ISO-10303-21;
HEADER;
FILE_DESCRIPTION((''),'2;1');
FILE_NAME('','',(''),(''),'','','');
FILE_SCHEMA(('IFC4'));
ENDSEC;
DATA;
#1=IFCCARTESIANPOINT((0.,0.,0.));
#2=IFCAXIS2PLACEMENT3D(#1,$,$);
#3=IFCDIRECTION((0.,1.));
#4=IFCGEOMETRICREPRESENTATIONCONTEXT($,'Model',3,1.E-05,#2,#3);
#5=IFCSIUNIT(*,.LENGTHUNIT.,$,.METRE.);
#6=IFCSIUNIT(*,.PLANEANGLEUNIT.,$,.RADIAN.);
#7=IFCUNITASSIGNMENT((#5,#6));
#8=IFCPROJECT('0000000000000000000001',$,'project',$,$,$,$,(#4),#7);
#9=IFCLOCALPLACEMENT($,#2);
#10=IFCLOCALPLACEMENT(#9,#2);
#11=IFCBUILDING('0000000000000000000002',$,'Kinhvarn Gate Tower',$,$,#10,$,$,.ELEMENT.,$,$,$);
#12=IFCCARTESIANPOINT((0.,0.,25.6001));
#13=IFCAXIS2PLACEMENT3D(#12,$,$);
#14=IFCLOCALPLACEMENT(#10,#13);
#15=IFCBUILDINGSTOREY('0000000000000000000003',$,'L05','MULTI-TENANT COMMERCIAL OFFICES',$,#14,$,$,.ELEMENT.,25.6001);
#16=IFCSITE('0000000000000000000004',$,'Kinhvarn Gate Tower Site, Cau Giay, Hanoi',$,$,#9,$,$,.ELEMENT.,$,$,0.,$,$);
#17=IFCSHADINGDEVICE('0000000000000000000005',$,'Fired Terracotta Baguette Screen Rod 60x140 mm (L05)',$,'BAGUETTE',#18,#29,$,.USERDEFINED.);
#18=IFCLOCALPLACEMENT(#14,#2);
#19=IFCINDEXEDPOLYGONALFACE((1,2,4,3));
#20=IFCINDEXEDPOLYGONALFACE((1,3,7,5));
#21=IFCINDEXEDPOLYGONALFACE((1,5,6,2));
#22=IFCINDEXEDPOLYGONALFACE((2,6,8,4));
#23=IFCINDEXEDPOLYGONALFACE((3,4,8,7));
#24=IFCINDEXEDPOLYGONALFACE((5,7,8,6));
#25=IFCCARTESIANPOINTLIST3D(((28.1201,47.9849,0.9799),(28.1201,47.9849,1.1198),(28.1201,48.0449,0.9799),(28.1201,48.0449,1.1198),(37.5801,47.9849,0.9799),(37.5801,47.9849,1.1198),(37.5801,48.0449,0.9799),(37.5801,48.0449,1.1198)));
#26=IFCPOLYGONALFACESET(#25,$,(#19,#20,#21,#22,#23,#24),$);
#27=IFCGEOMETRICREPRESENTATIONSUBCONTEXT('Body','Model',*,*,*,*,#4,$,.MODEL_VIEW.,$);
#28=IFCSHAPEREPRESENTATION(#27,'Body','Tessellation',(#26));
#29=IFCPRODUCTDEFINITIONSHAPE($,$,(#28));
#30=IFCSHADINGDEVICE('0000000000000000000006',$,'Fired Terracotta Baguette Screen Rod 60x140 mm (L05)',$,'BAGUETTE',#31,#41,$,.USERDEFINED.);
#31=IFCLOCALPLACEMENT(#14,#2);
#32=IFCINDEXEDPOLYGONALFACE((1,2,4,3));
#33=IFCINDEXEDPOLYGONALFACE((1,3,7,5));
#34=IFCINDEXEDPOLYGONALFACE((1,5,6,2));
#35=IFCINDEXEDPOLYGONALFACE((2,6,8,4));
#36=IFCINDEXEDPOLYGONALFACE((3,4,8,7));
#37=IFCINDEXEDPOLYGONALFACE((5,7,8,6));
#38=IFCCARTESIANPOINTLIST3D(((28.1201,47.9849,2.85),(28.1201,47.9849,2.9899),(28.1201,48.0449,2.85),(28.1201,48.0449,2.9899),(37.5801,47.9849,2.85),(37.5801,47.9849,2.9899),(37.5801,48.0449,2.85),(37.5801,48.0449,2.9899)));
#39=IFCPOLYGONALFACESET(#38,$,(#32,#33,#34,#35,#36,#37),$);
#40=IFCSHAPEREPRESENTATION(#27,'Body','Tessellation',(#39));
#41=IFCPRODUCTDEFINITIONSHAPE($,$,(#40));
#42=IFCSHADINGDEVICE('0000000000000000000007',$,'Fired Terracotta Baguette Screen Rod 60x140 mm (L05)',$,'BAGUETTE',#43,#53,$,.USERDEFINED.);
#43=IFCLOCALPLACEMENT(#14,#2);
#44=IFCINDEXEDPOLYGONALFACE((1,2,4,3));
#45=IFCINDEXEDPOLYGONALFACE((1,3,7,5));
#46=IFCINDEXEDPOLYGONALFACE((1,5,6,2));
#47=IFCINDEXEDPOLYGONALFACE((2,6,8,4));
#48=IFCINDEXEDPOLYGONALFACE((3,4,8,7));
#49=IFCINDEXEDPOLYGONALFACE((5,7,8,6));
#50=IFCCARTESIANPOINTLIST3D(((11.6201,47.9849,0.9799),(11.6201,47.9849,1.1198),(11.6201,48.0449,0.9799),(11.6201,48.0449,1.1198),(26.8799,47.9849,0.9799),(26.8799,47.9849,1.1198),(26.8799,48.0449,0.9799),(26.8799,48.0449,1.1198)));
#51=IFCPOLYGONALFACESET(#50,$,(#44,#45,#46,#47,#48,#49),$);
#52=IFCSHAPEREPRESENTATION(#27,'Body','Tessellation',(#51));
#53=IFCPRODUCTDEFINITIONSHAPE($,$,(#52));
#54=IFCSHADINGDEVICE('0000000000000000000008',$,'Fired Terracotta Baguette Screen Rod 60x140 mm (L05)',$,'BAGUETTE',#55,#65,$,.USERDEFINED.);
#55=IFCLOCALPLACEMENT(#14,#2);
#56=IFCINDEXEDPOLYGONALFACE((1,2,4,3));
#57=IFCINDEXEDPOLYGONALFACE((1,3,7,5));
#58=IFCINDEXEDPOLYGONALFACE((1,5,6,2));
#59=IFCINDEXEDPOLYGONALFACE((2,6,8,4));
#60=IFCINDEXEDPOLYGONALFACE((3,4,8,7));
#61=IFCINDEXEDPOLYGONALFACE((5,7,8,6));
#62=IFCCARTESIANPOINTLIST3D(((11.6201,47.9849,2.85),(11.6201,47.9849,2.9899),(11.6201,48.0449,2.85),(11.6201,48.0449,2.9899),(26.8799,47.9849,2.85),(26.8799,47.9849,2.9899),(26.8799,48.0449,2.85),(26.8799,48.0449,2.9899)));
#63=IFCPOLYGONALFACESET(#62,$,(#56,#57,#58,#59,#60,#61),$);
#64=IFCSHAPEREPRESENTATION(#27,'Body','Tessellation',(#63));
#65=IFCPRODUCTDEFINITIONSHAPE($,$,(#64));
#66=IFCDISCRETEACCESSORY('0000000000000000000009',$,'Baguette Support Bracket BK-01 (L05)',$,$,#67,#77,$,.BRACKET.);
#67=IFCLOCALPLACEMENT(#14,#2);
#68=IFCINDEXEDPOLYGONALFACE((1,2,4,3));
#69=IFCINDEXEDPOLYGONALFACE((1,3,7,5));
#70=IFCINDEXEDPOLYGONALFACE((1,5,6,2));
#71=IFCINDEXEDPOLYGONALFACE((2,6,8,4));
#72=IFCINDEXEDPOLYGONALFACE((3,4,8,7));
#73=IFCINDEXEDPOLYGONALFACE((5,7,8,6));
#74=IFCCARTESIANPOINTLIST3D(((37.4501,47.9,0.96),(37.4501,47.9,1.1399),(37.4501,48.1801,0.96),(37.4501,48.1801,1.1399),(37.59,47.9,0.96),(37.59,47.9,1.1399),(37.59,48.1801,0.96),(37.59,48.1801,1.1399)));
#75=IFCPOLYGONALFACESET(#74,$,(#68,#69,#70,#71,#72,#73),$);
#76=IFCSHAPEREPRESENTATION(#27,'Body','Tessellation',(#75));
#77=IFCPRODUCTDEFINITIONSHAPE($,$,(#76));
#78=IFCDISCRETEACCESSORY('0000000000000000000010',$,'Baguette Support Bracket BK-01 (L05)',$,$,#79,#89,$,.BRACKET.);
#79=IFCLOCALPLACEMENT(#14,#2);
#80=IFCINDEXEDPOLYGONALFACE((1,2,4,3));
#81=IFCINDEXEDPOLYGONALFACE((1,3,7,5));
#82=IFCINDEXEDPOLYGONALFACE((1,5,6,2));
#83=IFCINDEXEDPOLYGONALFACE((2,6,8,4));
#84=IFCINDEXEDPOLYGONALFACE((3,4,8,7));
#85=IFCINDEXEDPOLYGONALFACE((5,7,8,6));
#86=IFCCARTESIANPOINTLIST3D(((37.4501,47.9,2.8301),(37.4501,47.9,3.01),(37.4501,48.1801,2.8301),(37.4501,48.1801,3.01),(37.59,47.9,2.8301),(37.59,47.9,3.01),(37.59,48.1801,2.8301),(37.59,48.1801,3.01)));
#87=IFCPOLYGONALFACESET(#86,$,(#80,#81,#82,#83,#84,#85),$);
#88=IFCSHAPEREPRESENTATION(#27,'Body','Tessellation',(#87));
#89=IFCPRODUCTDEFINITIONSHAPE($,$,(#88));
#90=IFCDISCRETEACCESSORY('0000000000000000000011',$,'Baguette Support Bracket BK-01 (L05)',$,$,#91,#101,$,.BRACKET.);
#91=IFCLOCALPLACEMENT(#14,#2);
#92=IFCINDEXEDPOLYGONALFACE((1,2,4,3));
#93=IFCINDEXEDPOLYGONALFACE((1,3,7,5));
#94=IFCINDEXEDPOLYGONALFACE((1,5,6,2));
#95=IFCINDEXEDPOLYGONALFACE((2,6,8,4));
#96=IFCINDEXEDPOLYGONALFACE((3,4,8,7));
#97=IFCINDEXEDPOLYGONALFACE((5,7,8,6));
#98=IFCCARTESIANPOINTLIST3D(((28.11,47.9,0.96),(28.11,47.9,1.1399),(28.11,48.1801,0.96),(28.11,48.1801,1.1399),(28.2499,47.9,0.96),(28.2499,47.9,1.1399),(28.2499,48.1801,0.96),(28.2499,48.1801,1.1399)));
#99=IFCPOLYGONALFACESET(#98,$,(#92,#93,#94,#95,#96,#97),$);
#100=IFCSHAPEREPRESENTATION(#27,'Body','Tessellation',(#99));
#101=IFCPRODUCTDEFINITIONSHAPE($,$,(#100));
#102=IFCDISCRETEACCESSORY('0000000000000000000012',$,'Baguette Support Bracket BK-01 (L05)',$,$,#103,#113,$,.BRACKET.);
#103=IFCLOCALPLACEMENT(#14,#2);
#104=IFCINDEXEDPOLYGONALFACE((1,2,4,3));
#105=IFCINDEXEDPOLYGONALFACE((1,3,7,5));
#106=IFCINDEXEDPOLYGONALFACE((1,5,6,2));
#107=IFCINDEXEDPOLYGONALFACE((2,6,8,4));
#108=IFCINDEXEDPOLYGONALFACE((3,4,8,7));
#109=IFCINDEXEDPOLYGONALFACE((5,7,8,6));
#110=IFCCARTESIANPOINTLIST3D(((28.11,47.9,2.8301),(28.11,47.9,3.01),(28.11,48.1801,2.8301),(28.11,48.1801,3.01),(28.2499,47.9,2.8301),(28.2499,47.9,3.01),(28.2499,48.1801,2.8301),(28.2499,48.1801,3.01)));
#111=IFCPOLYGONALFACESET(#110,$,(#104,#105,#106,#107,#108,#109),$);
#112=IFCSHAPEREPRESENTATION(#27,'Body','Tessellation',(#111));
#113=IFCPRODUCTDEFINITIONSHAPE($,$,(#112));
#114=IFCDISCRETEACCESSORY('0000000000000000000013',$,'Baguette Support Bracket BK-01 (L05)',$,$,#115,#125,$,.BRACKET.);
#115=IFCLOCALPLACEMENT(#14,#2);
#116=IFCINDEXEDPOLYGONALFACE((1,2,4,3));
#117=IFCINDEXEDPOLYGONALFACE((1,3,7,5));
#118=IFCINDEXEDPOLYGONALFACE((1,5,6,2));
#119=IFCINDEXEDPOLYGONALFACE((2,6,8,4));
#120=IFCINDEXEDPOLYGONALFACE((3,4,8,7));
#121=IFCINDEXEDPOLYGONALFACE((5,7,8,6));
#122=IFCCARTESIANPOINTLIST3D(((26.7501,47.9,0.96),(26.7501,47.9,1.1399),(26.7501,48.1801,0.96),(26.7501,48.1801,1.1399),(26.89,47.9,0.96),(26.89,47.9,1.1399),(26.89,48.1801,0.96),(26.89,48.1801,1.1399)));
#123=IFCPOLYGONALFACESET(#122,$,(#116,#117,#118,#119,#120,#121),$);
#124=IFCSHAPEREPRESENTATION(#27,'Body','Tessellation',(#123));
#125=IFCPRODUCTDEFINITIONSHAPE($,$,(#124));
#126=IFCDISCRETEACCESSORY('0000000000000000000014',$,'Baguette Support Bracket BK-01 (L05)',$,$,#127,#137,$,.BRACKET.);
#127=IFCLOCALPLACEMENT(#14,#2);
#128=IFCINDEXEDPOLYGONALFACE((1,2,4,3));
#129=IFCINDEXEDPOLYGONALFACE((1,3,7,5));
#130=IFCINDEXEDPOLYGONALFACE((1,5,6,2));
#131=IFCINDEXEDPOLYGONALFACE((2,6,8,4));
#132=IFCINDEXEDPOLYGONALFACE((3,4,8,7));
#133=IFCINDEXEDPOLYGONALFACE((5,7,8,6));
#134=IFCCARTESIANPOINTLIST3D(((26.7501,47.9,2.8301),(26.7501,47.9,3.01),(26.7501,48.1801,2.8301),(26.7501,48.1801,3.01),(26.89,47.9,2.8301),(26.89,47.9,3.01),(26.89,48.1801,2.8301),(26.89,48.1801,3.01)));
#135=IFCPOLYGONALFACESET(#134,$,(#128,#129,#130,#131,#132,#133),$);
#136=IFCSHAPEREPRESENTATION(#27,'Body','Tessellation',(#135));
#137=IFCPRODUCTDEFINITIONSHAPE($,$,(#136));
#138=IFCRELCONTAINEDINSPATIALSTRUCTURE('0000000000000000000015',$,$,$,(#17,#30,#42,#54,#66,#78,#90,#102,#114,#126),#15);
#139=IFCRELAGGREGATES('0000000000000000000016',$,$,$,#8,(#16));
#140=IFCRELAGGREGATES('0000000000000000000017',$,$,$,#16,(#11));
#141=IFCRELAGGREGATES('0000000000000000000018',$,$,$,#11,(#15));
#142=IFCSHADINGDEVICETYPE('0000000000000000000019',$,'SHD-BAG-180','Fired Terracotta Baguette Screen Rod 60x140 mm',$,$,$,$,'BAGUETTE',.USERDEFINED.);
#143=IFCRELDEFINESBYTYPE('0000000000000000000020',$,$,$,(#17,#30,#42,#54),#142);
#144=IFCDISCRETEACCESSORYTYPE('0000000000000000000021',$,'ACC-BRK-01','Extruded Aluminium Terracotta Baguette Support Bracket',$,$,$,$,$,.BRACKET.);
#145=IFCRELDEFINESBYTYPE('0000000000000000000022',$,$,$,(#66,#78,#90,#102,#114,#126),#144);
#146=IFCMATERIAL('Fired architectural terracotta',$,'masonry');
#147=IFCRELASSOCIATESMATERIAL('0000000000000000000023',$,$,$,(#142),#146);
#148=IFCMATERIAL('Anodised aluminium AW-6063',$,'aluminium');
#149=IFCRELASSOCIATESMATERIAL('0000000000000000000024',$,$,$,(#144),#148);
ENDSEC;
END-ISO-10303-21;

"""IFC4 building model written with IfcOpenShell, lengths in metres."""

from ifc_helpers import new_model, si_unit, direction, frame, origin, origin_2d, place, context, subcontext, project, spatial, rectangle, extrude, material, material_profile, profile_set, type_object, element, save


model = new_model("IFC4")

# Units and contexts
model_context = context("Model", 3, precision=1e-05, world=origin(), true_north=direction((0.0, 1.0)))
body_context = subcontext(model_context, "Body", "Model", "MODEL_VIEW")
ifc_project = project(units=[si_unit("LENGTHUNIT", "METRE"), si_unit("PLANEANGLEUNIT", "RADIAN")], contexts=[model_context])

# Site, building, storey
site_placement = place(None, origin())
site = spatial("IfcSite", under=ifc_project, at=site_placement, Name="Kinhvarn Gate Tower Site, Cau Giay, Hanoi", CompositionType="ELEMENT", RefElevation=0.0)
building_placement = place(site_placement, origin())
building = spatial("IfcBuilding", under=site, at=building_placement, Name="Kinhvarn Gate Tower", CompositionType="ELEMENT")
storey_placement = place(building_placement, frame((0.0, 0.0, 25.6001)))
storey = spatial("IfcBuildingStorey", under=building, at=storey_placement, Name="L05", Description="MULTI-TENANT COMMERCIAL OFFICES", CompositionType="ELEMENT", Elevation=25.6001)

# Shared definitions
ifc_material_1 = material(Name="Anodised aluminium AW-6063", Category="aluminium")

# Shading devices
ifc_material_2 = material(Name="Fired architectural terracotta", Category="masonry")
ifc_material_profile_1 = material_profile(ifc_material_2, rectangle(XDim=0.0601, YDim=0.1399, at=origin_2d()), Name="TC 60x140")
ifc_profile_set_1 = profile_set([ifc_material_profile_1], Name="Fired architectural terracotta")
shading_device_type = type_object("IfcShadingDeviceType", Name="SHD-BAG-180", Description="Fired Terracotta Baguette Screen Rod 60x140 mm", ElementType="BAGUETTE", PredefinedType="USERDEFINED", material=ifc_profile_set_1)
for number, where, z_axis, x_axis, name in (
    (1, (37.5801, 48.0149, 1.0498), (-1.0, 0.0, 0.0), (0.0, -1.0, 0.0), "Fired Terracotta Baguette Screen Rod 60x140 mm (L05)"),
    (2, (37.5801, 48.0149, 2.9199), (-1.0, 0.0, 0.0), (0.0, -1.0, 0.0), "Fired Terracotta Baguette Screen Rod 60x140 mm (L05)"),
):
    element("IfcShadingDevice", number, at=place(storey_placement, frame(where, z_axis=z_axis, x_axis=x_axis)), inside=storey, type_object=shading_device_type, Name=name, ObjectType="BAGUETTE", PredefinedType="USERDEFINED", context=body_context, shape_type="SweptSolid", body=[
        extrude(rectangle(XDim=0.0601, YDim=0.1399, at=origin_2d()), origin(), (0.0, 0.0, 1.0), 9.46),
    ])
for number, where, z_axis, x_axis, name in (
    (3, (26.8799, 48.0149, 1.0498), (-1.0, 0.0, 0.0), (0.0, -1.0, 0.0), "Fired Terracotta Baguette Screen Rod 60x140 mm (L05)"),
    (4, (26.8799, 48.0149, 2.9199), (-1.0, 0.0, 0.0), (0.0, -1.0, 0.0), "Fired Terracotta Baguette Screen Rod 60x140 mm (L05)"),
):
    element("IfcShadingDevice", number, at=place(storey_placement, frame(where, z_axis=z_axis, x_axis=x_axis)), inside=storey, type_object=shading_device_type, Name=name, ObjectType="BAGUETTE", PredefinedType="USERDEFINED", context=body_context, shape_type="SweptSolid", body=[
        extrude(rectangle(XDim=0.0601, YDim=0.1399, at=origin_2d()), origin(), (0.0, 0.0, 1.0), 15.2598),
    ])

# Discrete accessories
discrete_accessory_type = type_object("IfcDiscreteAccessoryType", Name="ACC-BRK-01", Description="Extruded Aluminium Terracotta Baguette Support Bracket", PredefinedType="BRACKET", material=ifc_material_1)
for number, where, z_axis, x_axis, name in (
    (5, (37.52, 48.04, 0.96), (0.0, 0.0, 1.0), (-1.0, 0.0, 0.0), "Baguette Support Bracket BK-01 (L05)"),
    (6, (37.52, 48.04, 2.8301), (0.0, 0.0, 1.0), (-1.0, 0.0, 0.0), "Baguette Support Bracket BK-01 (L05)"),
    (7, (28.1799, 48.04, 0.96), (0.0, 0.0, 1.0), (-1.0, 0.0, 0.0), "Baguette Support Bracket BK-01 (L05)"),
    (8, (28.1799, 48.04, 2.8301), (0.0, 0.0, 1.0), (-1.0, 0.0, 0.0), "Baguette Support Bracket BK-01 (L05)"),
    (9, (26.8201, 48.04, 0.96), (0.0, 0.0, 1.0), (-1.0, 0.0, 0.0), "Baguette Support Bracket BK-01 (L05)"),
    (10, (26.8201, 48.04, 2.8301), (0.0, 0.0, 1.0), (-1.0, 0.0, 0.0), "Baguette Support Bracket BK-01 (L05)"),
):
    element("IfcDiscreteAccessory", number, at=place(storey_placement, frame(where, z_axis=z_axis, x_axis=x_axis)), inside=storey, type_object=discrete_accessory_type, Name=name, PredefinedType="BRACKET", context=body_context, shape_type="SweptSolid", body=[
        extrude(rectangle(XDim=0.1399, YDim=0.28, at=origin_2d()), origin(), (0.0, 0.0, 1.0), 0.1799),
    ])

save(model, "model.ifc")
